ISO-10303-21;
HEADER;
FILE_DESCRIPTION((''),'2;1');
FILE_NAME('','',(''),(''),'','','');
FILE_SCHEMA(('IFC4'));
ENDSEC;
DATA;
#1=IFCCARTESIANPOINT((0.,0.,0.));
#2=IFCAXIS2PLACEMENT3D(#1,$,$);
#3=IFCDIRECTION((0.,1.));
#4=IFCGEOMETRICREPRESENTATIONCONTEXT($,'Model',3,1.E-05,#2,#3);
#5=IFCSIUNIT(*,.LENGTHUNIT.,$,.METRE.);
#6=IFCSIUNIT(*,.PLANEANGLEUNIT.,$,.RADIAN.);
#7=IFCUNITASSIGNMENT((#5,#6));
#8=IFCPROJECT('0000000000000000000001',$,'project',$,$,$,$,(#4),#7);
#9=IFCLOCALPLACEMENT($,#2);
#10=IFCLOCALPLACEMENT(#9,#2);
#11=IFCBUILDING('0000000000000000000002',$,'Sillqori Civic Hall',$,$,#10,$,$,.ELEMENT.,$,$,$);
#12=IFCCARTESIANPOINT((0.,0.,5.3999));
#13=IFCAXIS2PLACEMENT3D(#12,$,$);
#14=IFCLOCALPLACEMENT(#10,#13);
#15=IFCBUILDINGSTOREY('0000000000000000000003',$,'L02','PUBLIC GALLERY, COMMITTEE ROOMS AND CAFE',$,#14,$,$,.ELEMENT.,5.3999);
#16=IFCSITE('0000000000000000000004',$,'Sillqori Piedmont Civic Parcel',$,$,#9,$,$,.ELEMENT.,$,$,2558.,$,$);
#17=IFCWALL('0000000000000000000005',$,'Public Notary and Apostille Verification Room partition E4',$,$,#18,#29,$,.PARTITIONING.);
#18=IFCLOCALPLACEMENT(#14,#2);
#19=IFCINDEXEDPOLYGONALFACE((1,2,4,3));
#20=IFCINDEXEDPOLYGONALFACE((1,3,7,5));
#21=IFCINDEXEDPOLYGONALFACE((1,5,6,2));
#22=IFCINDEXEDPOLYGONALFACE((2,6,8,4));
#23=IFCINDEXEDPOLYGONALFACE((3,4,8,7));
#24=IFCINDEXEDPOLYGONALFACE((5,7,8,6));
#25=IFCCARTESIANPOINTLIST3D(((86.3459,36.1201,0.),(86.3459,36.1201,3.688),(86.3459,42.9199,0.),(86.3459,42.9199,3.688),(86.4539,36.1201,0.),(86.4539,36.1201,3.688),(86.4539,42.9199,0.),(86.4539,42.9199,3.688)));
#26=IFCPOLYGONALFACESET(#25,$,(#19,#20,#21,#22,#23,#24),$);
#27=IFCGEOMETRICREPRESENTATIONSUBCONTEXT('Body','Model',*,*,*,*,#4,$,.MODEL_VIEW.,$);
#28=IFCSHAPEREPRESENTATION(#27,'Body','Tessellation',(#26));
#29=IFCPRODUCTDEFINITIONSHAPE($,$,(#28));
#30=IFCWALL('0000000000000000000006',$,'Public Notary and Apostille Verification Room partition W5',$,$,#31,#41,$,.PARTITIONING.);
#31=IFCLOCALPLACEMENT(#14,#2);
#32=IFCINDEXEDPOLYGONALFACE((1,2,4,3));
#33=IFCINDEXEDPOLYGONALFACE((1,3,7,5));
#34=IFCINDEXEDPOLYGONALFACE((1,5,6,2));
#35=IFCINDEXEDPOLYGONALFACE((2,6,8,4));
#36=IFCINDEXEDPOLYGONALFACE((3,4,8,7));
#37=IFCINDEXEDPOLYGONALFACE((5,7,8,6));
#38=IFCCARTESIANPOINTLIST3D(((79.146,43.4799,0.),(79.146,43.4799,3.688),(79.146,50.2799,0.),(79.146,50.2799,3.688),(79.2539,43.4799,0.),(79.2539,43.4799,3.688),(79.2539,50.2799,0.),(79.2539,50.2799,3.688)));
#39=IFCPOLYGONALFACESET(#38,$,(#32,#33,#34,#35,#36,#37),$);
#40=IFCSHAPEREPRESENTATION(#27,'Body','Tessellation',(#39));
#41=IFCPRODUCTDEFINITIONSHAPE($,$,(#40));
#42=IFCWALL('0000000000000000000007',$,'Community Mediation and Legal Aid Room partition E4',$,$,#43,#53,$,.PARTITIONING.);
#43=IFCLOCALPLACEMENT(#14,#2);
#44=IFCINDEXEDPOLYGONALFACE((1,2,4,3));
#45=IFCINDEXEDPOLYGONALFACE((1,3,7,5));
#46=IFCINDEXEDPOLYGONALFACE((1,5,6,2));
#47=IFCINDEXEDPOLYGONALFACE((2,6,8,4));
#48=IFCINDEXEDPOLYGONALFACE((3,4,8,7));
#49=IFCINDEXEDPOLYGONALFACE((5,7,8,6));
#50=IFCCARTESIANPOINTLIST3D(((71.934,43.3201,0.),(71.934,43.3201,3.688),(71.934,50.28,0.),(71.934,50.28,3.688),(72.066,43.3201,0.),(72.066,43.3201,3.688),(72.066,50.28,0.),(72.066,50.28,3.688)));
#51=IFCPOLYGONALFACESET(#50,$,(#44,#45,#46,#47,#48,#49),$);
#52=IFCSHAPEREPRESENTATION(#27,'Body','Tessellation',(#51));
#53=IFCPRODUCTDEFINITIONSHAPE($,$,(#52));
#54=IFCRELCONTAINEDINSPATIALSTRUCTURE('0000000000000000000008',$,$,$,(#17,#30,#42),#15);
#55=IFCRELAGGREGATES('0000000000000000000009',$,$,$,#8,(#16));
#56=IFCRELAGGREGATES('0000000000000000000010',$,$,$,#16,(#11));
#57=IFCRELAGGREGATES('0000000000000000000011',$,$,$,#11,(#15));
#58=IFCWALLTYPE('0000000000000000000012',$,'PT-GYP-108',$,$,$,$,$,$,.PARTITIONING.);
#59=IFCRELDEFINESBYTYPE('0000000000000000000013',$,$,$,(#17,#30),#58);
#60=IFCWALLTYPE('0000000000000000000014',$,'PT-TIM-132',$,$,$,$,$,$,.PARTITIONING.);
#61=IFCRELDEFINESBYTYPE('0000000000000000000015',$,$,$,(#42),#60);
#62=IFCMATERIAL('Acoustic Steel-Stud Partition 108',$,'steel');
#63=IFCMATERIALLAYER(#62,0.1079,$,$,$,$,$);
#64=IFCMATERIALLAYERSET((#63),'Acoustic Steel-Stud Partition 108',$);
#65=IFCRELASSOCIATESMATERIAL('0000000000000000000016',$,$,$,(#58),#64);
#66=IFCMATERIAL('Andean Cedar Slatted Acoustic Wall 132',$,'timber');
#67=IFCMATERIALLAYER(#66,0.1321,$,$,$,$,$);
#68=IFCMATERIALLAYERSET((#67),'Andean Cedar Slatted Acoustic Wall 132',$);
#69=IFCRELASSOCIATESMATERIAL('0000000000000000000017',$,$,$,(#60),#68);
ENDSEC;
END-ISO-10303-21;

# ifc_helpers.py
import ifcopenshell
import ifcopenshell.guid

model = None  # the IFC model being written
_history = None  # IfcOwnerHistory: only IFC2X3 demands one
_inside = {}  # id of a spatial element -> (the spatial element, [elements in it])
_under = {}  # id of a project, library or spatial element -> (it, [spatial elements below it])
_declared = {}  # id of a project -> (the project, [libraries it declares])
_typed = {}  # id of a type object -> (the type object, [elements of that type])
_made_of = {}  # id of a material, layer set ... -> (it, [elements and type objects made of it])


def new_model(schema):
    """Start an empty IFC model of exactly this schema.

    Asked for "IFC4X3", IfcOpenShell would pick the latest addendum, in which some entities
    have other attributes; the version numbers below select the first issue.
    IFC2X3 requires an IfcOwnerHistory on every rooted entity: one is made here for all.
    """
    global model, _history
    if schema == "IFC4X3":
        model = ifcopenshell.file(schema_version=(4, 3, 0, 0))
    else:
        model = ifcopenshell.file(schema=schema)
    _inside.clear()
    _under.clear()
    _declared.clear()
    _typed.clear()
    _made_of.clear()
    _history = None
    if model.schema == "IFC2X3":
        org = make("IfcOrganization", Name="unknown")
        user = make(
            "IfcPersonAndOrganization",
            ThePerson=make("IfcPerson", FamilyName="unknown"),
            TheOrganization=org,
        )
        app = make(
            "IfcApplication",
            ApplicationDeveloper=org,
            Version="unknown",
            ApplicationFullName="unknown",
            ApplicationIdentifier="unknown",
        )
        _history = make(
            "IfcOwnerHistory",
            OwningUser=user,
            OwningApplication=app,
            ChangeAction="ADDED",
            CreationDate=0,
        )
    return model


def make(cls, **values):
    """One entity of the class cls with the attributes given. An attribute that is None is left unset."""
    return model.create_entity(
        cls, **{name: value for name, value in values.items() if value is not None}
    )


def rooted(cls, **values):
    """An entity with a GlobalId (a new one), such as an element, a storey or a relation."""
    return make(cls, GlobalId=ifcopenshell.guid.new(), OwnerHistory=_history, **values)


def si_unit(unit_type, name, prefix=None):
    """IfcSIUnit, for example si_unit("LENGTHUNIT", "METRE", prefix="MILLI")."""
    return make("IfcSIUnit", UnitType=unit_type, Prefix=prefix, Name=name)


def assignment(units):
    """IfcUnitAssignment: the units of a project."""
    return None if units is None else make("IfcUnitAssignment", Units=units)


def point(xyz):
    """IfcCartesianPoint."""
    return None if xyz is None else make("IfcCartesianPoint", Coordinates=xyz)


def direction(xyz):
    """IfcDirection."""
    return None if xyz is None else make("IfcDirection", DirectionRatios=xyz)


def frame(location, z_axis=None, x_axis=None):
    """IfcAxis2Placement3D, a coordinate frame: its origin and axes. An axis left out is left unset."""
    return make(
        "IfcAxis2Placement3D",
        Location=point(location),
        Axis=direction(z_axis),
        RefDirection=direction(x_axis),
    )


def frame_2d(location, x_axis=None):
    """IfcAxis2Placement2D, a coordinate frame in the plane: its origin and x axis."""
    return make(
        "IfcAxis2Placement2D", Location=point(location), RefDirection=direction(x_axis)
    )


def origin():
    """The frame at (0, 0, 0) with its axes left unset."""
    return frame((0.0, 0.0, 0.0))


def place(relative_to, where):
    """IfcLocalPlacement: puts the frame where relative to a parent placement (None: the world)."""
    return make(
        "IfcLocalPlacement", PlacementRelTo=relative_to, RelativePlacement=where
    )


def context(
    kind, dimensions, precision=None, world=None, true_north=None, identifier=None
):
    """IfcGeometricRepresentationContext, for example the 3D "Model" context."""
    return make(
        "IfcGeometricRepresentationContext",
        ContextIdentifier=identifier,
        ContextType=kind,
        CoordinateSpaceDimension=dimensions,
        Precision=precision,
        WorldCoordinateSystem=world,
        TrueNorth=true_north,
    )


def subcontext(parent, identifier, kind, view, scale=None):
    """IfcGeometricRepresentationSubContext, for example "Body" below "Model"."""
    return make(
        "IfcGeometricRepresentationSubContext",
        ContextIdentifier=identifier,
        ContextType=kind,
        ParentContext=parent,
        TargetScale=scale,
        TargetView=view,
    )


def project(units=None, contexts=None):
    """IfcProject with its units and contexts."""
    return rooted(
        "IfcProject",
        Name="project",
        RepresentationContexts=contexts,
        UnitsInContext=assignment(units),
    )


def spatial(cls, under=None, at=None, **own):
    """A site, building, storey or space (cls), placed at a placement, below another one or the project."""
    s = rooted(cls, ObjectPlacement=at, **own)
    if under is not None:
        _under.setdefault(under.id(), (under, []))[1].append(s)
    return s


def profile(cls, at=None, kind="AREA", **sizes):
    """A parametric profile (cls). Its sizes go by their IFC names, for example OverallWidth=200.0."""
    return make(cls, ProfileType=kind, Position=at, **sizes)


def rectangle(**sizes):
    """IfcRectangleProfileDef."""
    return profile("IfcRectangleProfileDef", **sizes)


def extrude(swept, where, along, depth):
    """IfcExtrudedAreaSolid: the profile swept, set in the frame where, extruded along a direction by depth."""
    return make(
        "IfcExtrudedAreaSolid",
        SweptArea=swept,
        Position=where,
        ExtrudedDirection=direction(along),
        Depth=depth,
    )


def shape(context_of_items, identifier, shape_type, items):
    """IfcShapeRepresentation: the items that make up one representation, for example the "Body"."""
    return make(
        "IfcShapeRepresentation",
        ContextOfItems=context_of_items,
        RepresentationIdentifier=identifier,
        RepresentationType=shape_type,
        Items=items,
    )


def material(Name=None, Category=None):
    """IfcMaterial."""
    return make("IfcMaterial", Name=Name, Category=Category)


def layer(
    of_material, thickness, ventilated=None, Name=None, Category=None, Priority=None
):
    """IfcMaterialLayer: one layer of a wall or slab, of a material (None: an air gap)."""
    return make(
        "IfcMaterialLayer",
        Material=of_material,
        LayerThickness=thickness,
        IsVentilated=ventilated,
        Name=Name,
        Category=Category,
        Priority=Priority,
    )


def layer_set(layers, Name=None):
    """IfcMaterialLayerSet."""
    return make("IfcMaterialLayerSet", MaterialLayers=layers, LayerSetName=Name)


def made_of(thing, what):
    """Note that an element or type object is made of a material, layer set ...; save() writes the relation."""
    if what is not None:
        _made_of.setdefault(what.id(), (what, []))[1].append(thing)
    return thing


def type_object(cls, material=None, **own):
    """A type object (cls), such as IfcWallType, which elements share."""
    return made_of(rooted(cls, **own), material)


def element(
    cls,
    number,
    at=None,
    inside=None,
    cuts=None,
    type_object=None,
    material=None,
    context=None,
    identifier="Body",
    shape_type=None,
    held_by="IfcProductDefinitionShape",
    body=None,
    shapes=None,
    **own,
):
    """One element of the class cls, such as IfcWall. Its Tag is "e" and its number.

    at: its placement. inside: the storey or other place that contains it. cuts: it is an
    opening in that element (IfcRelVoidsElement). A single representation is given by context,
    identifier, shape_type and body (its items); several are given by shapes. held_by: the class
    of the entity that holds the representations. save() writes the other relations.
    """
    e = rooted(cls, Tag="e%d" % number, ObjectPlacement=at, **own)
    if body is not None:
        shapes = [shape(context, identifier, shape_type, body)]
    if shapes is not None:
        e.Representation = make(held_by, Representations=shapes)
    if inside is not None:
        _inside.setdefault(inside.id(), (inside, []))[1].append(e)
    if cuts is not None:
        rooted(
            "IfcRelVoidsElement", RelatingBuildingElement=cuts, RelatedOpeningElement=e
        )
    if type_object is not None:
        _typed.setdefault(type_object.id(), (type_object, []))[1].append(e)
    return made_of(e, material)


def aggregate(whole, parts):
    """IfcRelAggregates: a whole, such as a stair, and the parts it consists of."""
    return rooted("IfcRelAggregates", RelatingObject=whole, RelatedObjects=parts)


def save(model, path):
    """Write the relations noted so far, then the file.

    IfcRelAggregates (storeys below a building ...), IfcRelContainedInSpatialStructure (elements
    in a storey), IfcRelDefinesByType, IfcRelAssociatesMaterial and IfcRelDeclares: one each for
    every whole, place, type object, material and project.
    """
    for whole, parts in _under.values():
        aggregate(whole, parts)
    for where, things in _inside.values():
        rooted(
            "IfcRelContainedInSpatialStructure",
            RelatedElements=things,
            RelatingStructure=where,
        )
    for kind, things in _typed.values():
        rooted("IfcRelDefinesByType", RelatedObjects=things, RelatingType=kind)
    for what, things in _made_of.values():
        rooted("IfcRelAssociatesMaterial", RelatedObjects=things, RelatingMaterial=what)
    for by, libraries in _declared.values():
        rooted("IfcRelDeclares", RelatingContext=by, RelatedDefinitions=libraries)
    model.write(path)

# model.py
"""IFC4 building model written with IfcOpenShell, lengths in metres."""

from ifc_helpers import new_model, si_unit, direction, frame, frame_2d, origin, place, context, subcontext, project, spatial, rectangle, extrude, material, layer, layer_set, type_object, element, save


model = new_model("IFC4")

# Units and contexts
model_context = context("Model", 3, precision=1e-05, world=origin(), true_north=direction((0.0, 1.0)))
body_context = subcontext(model_context, "Body", "Model", "MODEL_VIEW")
ifc_project = project(units=[si_unit("LENGTHUNIT", "METRE"), si_unit("PLANEANGLEUNIT", "RADIAN")], contexts=[model_context])

# Site, building, storey
site_placement = place(None, origin())
site = spatial("IfcSite", under=ifc_project, at=site_placement, Name="Sillqori Piedmont Civic Parcel", CompositionType="ELEMENT", RefElevation=2558.0)
building_placement = place(site_placement, origin())
building = spatial("IfcBuilding", under=site, at=building_placement, Name="Sillqori Civic Hall", CompositionType="ELEMENT")
storey_placement = place(building_placement, frame((0.0, 0.0, 5.3999)))
storey = spatial("IfcBuildingStorey", under=building, at=storey_placement, Name="L02", Description="PUBLIC GALLERY, COMMITTEE ROOMS AND CAFE", CompositionType="ELEMENT", Elevation=5.3999)

# Walls
ifc_material_1 = material(Name="Acoustic Steel-Stud Partition 108", Category="steel")
ifc_layer_1 = layer(ifc_material_1, 0.1079)
ifc_layer_set_1 = layer_set([ifc_layer_1], Name="Acoustic Steel-Stud Partition 108")
wall_type_1 = type_object("IfcWallType", Name="PT-GYP-108", PredefinedType="PARTITIONING", material=ifc_layer_set_1)
for number, where, z_axis, x_axis, name in (
    (1, (86.3999, 42.9199, 0.0), (0.0, 0.0, 1.0), (0.0, -1.0, 0.0), "Public Notary and Apostille Verification Room partition E4"),
):
    element("IfcWall", number, at=place(storey_placement, frame(where, z_axis=z_axis, x_axis=x_axis)), inside=storey, type_object=wall_type_1, Name=name, PredefinedType="PARTITIONING", context=body_context, shape_type="SweptSolid", body=[
        extrude(rectangle(XDim=6.7998, YDim=0.1079, at=frame_2d((3.3999, 0.0))), origin(), (0.0, 0.0, 1.0), 3.688),
    ])
wall_1_placement = place(storey_placement, frame((79.2, 43.48, 0.0), z_axis=(0.0, 0.0, 1.0), x_axis=(0.0, 1.0, 0.0)))
element("IfcWall", 2, at=wall_1_placement, inside=storey, type_object=wall_type_1, Name="Public Notary and Apostille Verification Room partition W5", PredefinedType="PARTITIONING", context=body_context, shape_type="SweptSolid", body=[
    extrude(rectangle(XDim=6.8, YDim=0.1079, at=frame_2d((3.3999, 0.0))), origin(), (0.0, 0.0, 1.0), 3.688),
])
ifc_material_2 = material(Name="Andean Cedar Slatted Acoustic Wall 132", Category="timber")
ifc_layer_2 = layer(ifc_material_2, 0.1321)
ifc_layer_set_2 = layer_set([ifc_layer_2], Name="Andean Cedar Slatted Acoustic Wall 132")
wall_type_2 = type_object("IfcWallType", Name="PT-TIM-132", PredefinedType="PARTITIONING", material=ifc_layer_set_2)
wall_2_placement = place(storey_placement, frame((72.0, 50.28, 0.0), z_axis=(0.0, 0.0, 1.0), x_axis=(0.0, -1.0, 0.0)))
element("IfcWall", 3, at=wall_2_placement, inside=storey, type_object=wall_type_2, Name="Community Mediation and Legal Aid Room partition E4", PredefinedType="PARTITIONING", context=body_context, shape_type="SweptSolid", body=[
    extrude(rectangle(XDim=6.96, YDim=0.1321, at=frame_2d((3.48, 0.0))), origin(), (0.0, 0.0, 1.0), 3.688),
])

save(model, "model.ifc")
